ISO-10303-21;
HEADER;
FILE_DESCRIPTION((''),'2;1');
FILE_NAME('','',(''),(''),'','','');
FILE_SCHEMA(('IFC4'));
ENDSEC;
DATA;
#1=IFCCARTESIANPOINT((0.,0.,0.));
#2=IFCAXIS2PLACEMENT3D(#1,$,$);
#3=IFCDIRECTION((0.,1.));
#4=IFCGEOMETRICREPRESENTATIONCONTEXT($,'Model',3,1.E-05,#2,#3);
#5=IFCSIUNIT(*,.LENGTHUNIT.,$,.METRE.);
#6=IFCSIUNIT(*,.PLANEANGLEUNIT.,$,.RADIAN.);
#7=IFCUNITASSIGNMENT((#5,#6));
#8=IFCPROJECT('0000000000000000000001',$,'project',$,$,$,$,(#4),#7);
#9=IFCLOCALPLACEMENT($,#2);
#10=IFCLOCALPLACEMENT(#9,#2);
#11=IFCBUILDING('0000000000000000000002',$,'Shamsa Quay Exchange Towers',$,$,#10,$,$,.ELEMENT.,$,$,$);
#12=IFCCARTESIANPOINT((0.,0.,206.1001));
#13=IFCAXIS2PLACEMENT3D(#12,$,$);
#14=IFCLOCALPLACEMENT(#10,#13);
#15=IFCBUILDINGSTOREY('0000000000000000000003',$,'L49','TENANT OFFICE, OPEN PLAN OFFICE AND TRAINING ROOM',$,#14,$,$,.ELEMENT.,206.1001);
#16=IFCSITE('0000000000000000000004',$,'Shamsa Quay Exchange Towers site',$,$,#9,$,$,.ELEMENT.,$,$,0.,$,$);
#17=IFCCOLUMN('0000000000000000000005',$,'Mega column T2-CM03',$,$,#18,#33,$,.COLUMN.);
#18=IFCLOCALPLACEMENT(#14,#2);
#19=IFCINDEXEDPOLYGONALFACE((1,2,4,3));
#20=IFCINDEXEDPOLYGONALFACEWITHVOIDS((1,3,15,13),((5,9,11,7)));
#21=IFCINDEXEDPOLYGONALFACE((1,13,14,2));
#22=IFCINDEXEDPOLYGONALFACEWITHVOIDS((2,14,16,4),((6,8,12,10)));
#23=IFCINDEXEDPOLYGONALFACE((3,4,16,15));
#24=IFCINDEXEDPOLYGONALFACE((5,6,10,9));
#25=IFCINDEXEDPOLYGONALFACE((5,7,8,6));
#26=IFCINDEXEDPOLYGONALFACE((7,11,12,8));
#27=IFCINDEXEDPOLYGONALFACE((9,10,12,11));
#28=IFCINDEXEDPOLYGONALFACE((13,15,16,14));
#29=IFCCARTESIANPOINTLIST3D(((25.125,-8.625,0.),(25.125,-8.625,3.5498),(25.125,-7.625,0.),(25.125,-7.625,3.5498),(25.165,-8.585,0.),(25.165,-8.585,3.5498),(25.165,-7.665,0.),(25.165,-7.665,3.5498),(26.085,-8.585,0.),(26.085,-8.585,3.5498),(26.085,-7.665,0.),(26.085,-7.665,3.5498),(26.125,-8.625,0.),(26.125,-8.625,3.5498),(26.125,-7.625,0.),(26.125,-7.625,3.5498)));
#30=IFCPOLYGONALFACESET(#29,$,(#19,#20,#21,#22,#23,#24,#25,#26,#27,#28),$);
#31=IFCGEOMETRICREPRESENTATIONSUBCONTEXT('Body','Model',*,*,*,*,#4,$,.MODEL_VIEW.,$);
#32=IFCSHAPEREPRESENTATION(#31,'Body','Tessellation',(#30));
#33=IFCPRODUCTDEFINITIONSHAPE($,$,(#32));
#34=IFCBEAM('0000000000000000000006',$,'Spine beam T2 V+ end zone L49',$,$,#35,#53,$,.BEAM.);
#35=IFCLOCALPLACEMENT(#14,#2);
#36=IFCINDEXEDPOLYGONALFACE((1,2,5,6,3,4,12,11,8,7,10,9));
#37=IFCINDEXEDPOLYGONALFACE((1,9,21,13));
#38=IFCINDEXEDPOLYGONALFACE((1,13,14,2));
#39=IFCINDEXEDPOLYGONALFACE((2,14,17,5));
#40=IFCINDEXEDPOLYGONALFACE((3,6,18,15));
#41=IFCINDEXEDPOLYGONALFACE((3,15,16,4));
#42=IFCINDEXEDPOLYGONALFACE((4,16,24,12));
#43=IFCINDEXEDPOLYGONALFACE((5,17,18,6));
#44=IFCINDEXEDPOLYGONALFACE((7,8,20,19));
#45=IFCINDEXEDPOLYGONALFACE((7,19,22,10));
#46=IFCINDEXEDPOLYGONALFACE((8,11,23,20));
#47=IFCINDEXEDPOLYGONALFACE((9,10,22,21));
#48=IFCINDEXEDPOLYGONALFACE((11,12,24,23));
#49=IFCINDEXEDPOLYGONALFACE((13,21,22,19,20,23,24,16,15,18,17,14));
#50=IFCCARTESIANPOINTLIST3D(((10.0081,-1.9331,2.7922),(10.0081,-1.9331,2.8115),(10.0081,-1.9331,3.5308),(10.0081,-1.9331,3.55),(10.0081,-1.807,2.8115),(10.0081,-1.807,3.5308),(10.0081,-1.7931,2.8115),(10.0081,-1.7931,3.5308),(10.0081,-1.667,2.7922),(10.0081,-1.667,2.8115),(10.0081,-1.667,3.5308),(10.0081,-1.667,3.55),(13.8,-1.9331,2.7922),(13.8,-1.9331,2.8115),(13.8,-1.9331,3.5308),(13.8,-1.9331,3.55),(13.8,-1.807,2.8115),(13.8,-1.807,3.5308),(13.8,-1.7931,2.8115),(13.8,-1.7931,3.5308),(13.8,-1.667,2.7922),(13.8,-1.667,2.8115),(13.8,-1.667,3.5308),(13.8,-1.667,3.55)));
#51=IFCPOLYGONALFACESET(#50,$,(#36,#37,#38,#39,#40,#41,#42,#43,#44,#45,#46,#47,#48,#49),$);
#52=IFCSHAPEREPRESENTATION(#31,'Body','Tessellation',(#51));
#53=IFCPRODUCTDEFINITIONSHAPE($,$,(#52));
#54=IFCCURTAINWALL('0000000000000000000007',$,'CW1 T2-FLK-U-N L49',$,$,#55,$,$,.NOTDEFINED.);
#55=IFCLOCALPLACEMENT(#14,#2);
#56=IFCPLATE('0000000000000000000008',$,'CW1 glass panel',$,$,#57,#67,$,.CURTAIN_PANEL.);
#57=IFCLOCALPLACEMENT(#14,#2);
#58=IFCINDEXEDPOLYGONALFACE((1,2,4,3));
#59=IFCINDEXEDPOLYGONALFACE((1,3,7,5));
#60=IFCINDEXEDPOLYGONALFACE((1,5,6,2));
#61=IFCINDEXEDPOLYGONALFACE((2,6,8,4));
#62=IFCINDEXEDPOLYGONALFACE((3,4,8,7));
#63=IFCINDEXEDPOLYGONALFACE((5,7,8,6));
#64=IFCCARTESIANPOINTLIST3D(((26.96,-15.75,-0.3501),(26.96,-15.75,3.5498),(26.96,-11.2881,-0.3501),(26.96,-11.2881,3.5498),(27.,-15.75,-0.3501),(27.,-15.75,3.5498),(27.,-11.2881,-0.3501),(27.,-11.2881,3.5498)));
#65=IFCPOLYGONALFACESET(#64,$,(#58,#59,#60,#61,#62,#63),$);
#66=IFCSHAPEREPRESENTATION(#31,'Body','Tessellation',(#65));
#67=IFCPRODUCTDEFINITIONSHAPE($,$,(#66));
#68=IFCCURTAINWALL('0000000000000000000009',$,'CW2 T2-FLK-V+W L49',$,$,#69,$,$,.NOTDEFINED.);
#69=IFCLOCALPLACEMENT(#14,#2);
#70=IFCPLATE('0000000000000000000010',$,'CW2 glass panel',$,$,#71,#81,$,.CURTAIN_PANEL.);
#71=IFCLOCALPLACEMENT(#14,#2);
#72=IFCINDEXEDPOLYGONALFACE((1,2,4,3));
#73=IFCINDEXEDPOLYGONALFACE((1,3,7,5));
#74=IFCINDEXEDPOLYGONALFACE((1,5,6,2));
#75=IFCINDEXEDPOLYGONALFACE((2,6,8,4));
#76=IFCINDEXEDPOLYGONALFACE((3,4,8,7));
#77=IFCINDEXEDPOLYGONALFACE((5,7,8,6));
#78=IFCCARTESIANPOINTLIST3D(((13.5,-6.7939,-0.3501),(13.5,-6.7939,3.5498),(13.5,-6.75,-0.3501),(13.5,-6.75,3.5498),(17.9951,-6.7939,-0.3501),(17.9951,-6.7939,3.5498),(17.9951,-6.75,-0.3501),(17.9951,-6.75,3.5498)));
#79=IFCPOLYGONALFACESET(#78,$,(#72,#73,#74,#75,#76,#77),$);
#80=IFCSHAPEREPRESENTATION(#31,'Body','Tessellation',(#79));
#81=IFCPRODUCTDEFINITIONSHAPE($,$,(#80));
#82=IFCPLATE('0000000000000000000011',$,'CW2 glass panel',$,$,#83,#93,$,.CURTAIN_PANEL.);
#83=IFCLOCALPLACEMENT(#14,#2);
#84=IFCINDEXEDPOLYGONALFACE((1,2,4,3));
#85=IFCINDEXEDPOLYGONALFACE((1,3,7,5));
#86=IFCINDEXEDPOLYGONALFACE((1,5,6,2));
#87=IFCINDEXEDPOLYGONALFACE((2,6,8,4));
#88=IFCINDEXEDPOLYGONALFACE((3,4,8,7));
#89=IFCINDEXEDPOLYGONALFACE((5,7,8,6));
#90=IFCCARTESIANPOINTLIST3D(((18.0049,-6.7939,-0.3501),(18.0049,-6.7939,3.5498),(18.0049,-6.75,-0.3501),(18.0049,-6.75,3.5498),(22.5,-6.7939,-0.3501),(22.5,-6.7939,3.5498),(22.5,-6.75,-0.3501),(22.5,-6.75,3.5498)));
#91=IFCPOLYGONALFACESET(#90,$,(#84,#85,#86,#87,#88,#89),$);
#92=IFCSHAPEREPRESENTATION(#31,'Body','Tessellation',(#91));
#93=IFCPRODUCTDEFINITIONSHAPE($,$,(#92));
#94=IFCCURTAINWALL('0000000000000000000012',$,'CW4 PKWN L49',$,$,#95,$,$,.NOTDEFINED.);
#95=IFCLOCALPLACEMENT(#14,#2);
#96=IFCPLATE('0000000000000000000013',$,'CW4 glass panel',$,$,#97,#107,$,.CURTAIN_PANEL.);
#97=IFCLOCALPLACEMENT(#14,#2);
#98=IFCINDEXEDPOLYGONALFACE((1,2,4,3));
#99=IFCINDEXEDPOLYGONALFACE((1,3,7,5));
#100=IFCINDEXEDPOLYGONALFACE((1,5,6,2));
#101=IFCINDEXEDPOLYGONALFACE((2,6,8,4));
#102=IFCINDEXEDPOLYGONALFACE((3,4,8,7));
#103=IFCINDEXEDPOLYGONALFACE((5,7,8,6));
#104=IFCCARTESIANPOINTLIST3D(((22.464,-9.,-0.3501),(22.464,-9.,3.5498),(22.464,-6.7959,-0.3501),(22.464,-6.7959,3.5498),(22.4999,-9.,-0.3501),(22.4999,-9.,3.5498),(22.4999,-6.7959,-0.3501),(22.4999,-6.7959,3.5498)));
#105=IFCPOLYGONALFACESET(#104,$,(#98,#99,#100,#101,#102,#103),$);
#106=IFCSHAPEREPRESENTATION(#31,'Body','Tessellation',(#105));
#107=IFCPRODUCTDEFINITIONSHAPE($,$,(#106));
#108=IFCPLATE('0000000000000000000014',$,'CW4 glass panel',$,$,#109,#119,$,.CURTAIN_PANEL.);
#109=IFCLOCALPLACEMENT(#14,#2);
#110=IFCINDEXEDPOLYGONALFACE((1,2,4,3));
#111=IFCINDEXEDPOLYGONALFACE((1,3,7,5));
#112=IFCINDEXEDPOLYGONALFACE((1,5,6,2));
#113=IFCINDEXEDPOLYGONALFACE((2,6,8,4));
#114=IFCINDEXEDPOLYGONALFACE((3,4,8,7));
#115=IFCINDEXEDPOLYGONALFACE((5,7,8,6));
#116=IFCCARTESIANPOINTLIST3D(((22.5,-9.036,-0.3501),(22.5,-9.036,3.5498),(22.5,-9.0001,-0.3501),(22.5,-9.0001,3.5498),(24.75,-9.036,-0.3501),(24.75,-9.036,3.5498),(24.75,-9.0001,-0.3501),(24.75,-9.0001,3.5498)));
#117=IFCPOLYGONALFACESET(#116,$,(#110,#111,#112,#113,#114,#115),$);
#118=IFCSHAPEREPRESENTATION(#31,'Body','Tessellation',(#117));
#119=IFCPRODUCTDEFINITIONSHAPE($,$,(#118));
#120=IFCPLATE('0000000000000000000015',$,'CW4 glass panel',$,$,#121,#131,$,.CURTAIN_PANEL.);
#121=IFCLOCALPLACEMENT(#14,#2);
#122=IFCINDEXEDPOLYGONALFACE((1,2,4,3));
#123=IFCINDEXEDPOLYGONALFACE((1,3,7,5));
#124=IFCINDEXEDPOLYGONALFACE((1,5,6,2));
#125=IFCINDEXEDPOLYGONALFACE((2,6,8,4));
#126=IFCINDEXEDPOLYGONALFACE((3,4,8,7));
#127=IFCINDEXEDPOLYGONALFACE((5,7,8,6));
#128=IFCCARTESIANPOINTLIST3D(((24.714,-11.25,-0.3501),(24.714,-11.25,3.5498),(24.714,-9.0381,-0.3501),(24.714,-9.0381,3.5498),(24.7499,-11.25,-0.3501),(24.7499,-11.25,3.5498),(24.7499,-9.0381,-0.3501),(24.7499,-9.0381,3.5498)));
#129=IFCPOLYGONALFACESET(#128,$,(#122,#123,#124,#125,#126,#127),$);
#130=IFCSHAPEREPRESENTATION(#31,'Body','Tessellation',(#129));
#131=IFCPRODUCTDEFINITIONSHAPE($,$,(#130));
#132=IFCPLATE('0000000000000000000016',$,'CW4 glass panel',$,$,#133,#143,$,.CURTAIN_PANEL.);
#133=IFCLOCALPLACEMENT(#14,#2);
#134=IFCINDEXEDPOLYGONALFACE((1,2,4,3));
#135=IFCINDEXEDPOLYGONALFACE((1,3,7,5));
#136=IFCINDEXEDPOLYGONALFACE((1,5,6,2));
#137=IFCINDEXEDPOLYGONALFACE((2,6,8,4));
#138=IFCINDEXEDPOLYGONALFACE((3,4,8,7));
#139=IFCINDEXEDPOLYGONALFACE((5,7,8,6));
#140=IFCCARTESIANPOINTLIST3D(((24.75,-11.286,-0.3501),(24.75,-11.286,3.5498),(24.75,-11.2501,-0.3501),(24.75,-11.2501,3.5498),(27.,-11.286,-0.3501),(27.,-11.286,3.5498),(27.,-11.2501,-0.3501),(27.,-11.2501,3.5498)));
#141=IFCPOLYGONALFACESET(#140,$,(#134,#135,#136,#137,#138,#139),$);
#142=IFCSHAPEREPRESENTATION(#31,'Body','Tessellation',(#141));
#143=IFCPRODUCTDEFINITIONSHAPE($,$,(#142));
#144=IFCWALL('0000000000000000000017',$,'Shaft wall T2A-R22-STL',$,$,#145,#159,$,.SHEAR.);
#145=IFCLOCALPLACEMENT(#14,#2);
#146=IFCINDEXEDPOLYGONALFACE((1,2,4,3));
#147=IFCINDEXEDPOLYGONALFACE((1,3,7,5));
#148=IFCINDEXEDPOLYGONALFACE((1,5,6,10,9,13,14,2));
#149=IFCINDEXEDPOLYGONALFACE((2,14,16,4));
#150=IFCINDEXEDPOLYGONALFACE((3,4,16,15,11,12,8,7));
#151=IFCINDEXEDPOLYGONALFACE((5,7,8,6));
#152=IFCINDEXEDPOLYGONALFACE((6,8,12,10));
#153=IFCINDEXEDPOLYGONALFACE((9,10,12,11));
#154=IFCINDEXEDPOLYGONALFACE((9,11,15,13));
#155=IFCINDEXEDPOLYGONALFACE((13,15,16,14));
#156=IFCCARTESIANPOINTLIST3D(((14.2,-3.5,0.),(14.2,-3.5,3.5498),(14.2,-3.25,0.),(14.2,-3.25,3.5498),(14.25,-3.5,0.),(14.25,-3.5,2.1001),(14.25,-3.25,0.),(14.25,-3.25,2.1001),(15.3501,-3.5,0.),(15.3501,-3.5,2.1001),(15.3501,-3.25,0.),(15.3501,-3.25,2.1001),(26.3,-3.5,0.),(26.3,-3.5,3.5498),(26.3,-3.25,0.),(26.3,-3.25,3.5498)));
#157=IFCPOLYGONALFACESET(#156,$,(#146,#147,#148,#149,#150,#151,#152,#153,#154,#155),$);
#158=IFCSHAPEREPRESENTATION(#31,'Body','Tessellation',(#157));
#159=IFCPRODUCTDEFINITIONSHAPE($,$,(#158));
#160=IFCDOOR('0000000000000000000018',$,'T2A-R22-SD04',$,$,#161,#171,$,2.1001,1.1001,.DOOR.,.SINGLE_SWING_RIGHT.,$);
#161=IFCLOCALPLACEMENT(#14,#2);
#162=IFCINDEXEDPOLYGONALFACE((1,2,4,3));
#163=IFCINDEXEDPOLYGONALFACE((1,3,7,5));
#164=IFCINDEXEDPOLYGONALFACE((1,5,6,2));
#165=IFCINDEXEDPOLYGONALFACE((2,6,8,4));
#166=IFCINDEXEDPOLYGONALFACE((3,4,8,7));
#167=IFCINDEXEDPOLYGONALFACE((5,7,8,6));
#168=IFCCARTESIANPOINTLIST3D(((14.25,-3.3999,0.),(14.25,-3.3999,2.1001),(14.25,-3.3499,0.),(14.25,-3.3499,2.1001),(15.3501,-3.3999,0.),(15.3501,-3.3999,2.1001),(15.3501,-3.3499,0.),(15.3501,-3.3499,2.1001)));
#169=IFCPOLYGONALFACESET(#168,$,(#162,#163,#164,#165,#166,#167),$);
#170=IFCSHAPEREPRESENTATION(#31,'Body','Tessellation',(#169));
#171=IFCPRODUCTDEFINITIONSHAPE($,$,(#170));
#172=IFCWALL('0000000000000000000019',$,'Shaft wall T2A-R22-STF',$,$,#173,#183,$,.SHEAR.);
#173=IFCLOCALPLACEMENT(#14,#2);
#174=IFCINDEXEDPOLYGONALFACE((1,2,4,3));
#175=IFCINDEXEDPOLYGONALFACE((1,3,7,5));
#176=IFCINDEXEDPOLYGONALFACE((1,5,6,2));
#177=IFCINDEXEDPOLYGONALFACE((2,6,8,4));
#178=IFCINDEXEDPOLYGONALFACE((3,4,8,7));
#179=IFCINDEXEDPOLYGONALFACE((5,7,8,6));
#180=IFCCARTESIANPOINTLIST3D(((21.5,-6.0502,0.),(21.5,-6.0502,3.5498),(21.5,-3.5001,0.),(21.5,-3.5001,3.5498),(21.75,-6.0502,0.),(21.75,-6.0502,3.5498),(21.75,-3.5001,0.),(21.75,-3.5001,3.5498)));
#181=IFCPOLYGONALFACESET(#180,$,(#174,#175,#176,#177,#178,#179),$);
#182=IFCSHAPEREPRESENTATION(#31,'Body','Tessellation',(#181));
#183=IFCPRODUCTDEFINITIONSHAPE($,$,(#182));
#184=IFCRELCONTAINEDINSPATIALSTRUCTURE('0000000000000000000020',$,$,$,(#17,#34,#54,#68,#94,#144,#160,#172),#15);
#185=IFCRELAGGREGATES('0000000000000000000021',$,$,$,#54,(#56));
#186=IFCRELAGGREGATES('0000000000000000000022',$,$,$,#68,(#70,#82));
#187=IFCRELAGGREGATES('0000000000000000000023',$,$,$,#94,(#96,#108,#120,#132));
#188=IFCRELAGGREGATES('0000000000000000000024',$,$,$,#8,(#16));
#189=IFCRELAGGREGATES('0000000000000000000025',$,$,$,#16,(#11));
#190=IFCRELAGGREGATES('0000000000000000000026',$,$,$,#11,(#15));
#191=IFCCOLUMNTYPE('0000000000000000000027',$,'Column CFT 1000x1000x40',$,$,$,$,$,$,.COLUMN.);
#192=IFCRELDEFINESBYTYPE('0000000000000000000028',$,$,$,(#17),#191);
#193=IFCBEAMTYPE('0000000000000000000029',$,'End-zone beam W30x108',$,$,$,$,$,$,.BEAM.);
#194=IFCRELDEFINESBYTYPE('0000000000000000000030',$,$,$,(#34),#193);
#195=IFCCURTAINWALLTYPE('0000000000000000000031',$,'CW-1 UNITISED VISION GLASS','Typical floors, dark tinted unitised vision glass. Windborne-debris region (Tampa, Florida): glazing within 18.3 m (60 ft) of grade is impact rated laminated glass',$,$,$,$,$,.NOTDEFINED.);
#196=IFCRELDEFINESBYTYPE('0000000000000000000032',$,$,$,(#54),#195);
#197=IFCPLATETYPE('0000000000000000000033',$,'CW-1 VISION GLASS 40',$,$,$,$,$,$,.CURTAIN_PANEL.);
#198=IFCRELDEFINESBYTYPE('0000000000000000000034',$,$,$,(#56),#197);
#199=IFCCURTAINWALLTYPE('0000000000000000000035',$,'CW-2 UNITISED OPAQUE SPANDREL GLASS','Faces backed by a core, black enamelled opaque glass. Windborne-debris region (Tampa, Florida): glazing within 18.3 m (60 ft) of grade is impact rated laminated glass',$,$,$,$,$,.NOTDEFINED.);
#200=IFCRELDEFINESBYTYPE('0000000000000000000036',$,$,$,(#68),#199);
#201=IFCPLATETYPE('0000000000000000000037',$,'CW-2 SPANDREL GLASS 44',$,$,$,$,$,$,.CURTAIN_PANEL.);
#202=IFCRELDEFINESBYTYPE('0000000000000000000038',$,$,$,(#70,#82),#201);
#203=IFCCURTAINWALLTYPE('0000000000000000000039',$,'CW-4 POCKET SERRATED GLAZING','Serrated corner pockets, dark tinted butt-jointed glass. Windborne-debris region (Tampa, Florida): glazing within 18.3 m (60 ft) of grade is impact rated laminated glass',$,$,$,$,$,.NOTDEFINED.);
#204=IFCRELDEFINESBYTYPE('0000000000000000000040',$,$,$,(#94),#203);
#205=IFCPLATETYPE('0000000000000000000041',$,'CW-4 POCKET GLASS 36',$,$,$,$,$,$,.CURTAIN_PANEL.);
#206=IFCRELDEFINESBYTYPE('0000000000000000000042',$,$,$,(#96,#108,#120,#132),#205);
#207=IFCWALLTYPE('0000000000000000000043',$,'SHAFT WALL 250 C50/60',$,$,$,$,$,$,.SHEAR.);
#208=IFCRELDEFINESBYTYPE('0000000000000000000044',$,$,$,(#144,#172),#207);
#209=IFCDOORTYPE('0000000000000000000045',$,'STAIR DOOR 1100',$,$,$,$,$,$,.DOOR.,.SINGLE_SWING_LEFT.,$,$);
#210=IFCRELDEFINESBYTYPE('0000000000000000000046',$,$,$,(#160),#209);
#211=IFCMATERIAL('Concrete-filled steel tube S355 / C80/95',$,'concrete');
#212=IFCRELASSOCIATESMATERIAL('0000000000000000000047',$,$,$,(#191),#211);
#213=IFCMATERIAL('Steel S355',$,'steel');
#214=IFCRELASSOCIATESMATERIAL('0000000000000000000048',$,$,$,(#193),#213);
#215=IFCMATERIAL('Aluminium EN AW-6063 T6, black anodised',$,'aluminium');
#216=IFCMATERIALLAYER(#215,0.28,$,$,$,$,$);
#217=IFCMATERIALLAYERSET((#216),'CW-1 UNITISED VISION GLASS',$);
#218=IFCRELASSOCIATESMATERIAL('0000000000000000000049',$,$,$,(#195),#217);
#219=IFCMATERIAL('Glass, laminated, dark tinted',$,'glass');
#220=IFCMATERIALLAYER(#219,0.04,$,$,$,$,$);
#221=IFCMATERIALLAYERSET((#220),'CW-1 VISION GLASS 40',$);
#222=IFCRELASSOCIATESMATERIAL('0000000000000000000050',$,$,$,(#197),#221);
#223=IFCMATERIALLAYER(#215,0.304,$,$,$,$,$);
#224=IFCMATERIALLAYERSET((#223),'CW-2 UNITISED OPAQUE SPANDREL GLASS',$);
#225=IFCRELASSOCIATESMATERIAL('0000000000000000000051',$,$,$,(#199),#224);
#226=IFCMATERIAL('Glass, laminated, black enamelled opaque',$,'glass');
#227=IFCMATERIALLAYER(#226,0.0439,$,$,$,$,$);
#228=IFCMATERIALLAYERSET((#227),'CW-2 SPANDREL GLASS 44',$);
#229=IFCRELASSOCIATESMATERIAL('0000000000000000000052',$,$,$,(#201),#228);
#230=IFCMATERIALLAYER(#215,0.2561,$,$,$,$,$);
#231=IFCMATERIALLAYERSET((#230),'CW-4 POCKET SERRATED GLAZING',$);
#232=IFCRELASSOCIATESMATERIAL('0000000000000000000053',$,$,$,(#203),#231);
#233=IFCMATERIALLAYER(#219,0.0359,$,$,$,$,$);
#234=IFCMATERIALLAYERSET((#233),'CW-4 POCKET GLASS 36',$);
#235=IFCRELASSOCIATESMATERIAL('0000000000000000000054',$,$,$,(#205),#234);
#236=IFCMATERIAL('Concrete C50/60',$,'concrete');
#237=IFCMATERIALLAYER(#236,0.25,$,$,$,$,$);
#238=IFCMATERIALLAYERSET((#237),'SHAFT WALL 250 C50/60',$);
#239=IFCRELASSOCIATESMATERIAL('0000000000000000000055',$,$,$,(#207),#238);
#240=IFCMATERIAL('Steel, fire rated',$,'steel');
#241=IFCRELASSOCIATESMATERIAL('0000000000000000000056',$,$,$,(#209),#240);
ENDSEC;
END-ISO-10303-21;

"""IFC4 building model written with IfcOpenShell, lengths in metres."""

from ifc_helpers import new_model, si_unit, direction, frame, frame_2d, origin, origin_2d, place, context, subcontext, project, spatial, rectangle, hollow_rectangle, i_section, extrude, material, layer, layer_set, material_profile, profile_set, type_object, element, fill, aggregate, save


model = new_model("IFC4")

# Units and contexts
model_context = context("Model", 3, precision=1e-05, world=origin(), true_north=direction((0.0, 1.0)))
body_context = subcontext(model_context, "Body", "Model", "MODEL_VIEW")
ifc_project = project(units=[si_unit("LENGTHUNIT", "METRE"), si_unit("PLANEANGLEUNIT", "RADIAN")], contexts=[model_context])

# Site, building, storey
site_placement = place(None, origin())
site = spatial("IfcSite", under=ifc_project, at=site_placement, Name="Shamsa Quay Exchange Towers site", CompositionType="ELEMENT", RefElevation=0.0)
building_placement = place(site_placement, origin())
building = spatial("IfcBuilding", under=site, at=building_placement, Name="Shamsa Quay Exchange Towers", CompositionType="ELEMENT")
storey_placement = place(building_placement, frame((0.0, 0.0, 206.1001)))
storey = spatial("IfcBuildingStorey", under=building, at=storey_placement, Name="L49", Description="TENANT OFFICE, OPEN PLAN OFFICE AND TRAINING ROOM", CompositionType="ELEMENT", Elevation=206.1001)

# Column
ifc_material_1 = material(Name="Concrete-filled steel tube S355 / C80/95", Category="concrete")
ifc_material_profile_1 = material_profile(ifc_material_1, hollow_rectangle(XDim=1.0, YDim=1.0, WallThickness=0.04, at=origin_2d()), Name="CFT 1000x1000x40")
ifc_profile_set_1 = profile_set([ifc_material_profile_1], Name="Concrete-filled steel tube S355 / C80/95")
column_type = type_object("IfcColumnType", Name="Column CFT 1000x1000x40", PredefinedType="COLUMN", material=ifc_profile_set_1)
column_placement = place(storey_placement, frame((25.625, -8.125, 0.0)))
element("IfcColumn", 1, at=column_placement, inside=storey, type_object=column_type, Name="Mega column T2-CM03", PredefinedType="COLUMN", context=body_context, shape_type="SweptSolid", body=[
    extrude(hollow_rectangle(XDim=1.0, YDim=1.0, WallThickness=0.04, at=origin_2d()), origin(), (0.0, 0.0, 1.0), 3.5498),
])

# Beam
ifc_material_2 = material(Name="Steel S355", Category="steel")
ifc_material_profile_2 = material_profile(ifc_material_2, i_section(OverallWidth=0.2661, OverallDepth=0.7578, WebThickness=0.0139, FlangeThickness=0.0193, at=origin_2d()), Name="W30x108")
ifc_profile_set_2 = profile_set([ifc_material_profile_2], Name="Steel S355")
beam_type = type_object("IfcBeamType", Name="End-zone beam W30x108", PredefinedType="BEAM", material=ifc_profile_set_2)
beam_placement = place(storey_placement, frame((13.8, -1.8, 3.1711), z_axis=(-1.0, 0.0, 0.0), x_axis=(0.0, -1.0, 0.0)))
element("IfcBeam", 2, at=beam_placement, inside=storey, type_object=beam_type, Name="Spine beam T2 V+ end zone L49", PredefinedType="BEAM", context=body_context, shape_type="SweptSolid", body=[
    extrude(i_section(OverallWidth=0.2661, OverallDepth=0.7578, WebThickness=0.0139, FlangeThickness=0.0193, at=origin_2d()), origin(), (0.0, 0.0, 1.0), 3.792),
])

# Curtain wall, plate
ifc_material_3 = material(Name="Aluminium EN AW-6063 T6, black anodised", Category="aluminium")
ifc_layer_1 = layer(ifc_material_3, 0.28)
ifc_layer_set_1 = layer_set([ifc_layer_1], Name="CW-1 UNITISED VISION GLASS")
curtain_wall_type_1 = type_object("IfcCurtainWallType", Name="CW-1 UNITISED VISION GLASS", Description="Typical floors, dark tinted unitised vision glass. Windborne-debris region (Tampa, Florida): glazing within 18.3 m (60 ft) of grade is impact rated laminated glass", PredefinedType="NOTDEFINED", material=ifc_layer_set_1)
curtain_wall_1_placement = place(storey_placement, origin())
curtain_wall_1 = element("IfcCurtainWall", 3, at=curtain_wall_1_placement, inside=storey, type_object=curtain_wall_type_1, Name="CW1 T2-FLK-U-N L49", PredefinedType="NOTDEFINED")
ifc_material_4 = material(Name="Glass, laminated, dark tinted", Category="glass")
ifc_layer_2 = layer(ifc_material_4, 0.04)
ifc_layer_set_2 = layer_set([ifc_layer_2], Name="CW-1 VISION GLASS 40")
plate_type_1 = type_object("IfcPlateType", Name="CW-1 VISION GLASS 40", PredefinedType="CURTAIN_PANEL", material=ifc_layer_set_2)
plate_1_placement = place(storey_placement, frame((26.98, -13.519, -0.3501), z_axis=(0.0, 0.0, 1.0), x_axis=(0.0, -1.0, 0.0)))
plate_1 = element("IfcPlate", 4, at=plate_1_placement, type_object=plate_type_1, Name="CW1 glass panel", PredefinedType="CURTAIN_PANEL", context=body_context, shape_type="SweptSolid", body=[
    extrude(rectangle(XDim=4.4619, YDim=0.04, at=origin_2d()), origin(), (0.0, 0.0, 1.0), 3.8999),
])
aggregate(curtain_wall_1, [plate_1])

# Curtain walls, plates
ifc_layer_3 = layer(ifc_material_3, 0.304)
ifc_layer_set_3 = layer_set([ifc_layer_3], Name="CW-2 UNITISED OPAQUE SPANDREL GLASS")
curtain_wall_type_2 = type_object("IfcCurtainWallType", Name="CW-2 UNITISED OPAQUE SPANDREL GLASS", Description="Faces backed by a core, black enamelled opaque glass. Windborne-debris region (Tampa, Florida): glazing within 18.3 m (60 ft) of grade is impact rated laminated glass", PredefinedType="NOTDEFINED", material=ifc_layer_set_3)
curtain_wall_2_placement = place(storey_placement, origin())
curtain_wall_2 = element("IfcCurtainWall", 5, at=curtain_wall_2_placement, inside=storey, type_object=curtain_wall_type_2, Name="CW2 T2-FLK-V+W L49", PredefinedType="NOTDEFINED")
ifc_material_5 = material(Name="Glass, laminated, black enamelled opaque", Category="glass")
ifc_layer_4 = layer(ifc_material_5, 0.0439)
ifc_layer_set_4 = layer_set([ifc_layer_4], Name="CW-2 SPANDREL GLASS 44")
plate_type_2 = type_object("IfcPlateType", Name="CW-2 SPANDREL GLASS 44", PredefinedType="CURTAIN_PANEL", material=ifc_layer_set_4)
plate_2_placement = place(storey_placement, frame((15.7476, -6.772, -0.3501)))
plate_2 = element("IfcPlate", 6, at=plate_2_placement, type_object=plate_type_2, Name="CW2 glass panel", PredefinedType="CURTAIN_PANEL", context=body_context, shape_type="SweptSolid", body=[
    extrude(rectangle(XDim=4.4951, YDim=0.0439, at=origin_2d()), origin(), (0.0, 0.0, 1.0), 3.8999),
])
plate_3_placement = place(storey_placement, frame((20.2524, -6.772, -0.3501)))
plate_3 = element("IfcPlate", 7, at=plate_3_placement, type_object=plate_type_2, Name="CW2 glass panel", PredefinedType="CURTAIN_PANEL", context=body_context, shape_type="SweptSolid", body=[
    extrude(rectangle(XDim=4.4951, YDim=0.0439, at=origin_2d()), origin(), (0.0, 0.0, 1.0), 3.8999),
])
aggregate(curtain_wall_2, [plate_2, plate_3])
ifc_layer_5 = layer(ifc_material_3, 0.2561)
ifc_layer_set_5 = layer_set([ifc_layer_5], Name="CW-4 POCKET SERRATED GLAZING")
curtain_wall_type_3 = type_object("IfcCurtainWallType", Name="CW-4 POCKET SERRATED GLAZING", Description="Serrated corner pockets, dark tinted butt-jointed glass. Windborne-debris region (Tampa, Florida): glazing within 18.3 m (60 ft) of grade is impact rated laminated glass", PredefinedType="NOTDEFINED", material=ifc_layer_set_5)
curtain_wall_3_placement = place(storey_placement, origin())
curtain_wall_3 = element("IfcCurtainWall", 8, at=curtain_wall_3_placement, inside=storey, type_object=curtain_wall_type_3, Name="CW4 PKWN L49", PredefinedType="NOTDEFINED")
ifc_layer_6 = layer(ifc_material_4, 0.0359)
ifc_layer_set_6 = layer_set([ifc_layer_6], Name="CW-4 POCKET GLASS 36")
plate_type_3 = type_object("IfcPlateType", Name="CW-4 POCKET GLASS 36", PredefinedType="CURTAIN_PANEL", material=ifc_layer_set_6)
plate_4_placement = place(storey_placement, frame((22.4819, -7.8979, -0.3501), z_axis=(0.0, 0.0, 1.0), x_axis=(0.0, -1.0, 0.0)))
plate_4 = element("IfcPlate", 9, at=plate_4_placement, type_object=plate_type_3, Name="CW4 glass panel", PredefinedType="CURTAIN_PANEL", context=body_context, shape_type="SweptSolid", body=[
    extrude(rectangle(XDim=2.2041, YDim=0.0359, at=origin_2d()), origin(), (0.0, 0.0, 1.0), 3.8999),
])
plate_5_placement = place(storey_placement, frame((23.625, -9.0181, -0.3501)))
plate_5 = element("IfcPlate", 10, at=plate_5_placement, type_object=plate_type_3, Name="CW4 glass panel", PredefinedType="CURTAIN_PANEL", context=body_context, shape_type="SweptSolid", body=[
    extrude(rectangle(XDim=2.25, YDim=0.0359, at=origin_2d()), origin(), (0.0, 0.0, 1.0), 3.8999),
])
plate_6_placement = place(storey_placement, frame((24.7319, -10.144, -0.3501), z_axis=(0.0, 0.0, 1.0), x_axis=(0.0, -1.0, 0.0)))
plate_6 = element("IfcPlate", 11, at=plate_6_placement, type_object=plate_type_3, Name="CW4 glass panel", PredefinedType="CURTAIN_PANEL", context=body_context, shape_type="SweptSolid", body=[
    extrude(rectangle(XDim=2.2119, YDim=0.0359, at=origin_2d()), origin(), (0.0, 0.0, 1.0), 3.8999),
])
plate_7_placement = place(storey_placement, frame((25.875, -11.2681, -0.3501)))
plate_7 = element("IfcPlate", 12, at=plate_7_placement, type_object=plate_type_3, Name="CW4 glass panel", PredefinedType="CURTAIN_PANEL", context=body_context, shape_type="SweptSolid", body=[
    extrude(rectangle(XDim=2.25, YDim=0.0359, at=origin_2d()), origin(), (0.0, 0.0, 1.0), 3.8999),
])
aggregate(curtain_wall_3, [plate_4, plate_5, plate_6, plate_7])

# Wall, opening, door
ifc_material_6 = material(Name="Concrete C50/60", Category="concrete")
ifc_layer_7 = layer(ifc_material_6, 0.25)
ifc_layer_set_7 = layer_set([ifc_layer_7], Name="SHAFT WALL 250 C50/60")
wall_type = type_object("IfcWallType", Name="SHAFT WALL 250 C50/60", PredefinedType="SHEAR", material=ifc_layer_set_7)
wall_1_placement = place(storey_placement, frame((26.3, -3.375, 0.0), z_axis=(0.0, 0.0, 1.0), x_axis=(-1.0, 0.0, 0.0)))
wall_1 = element("IfcWall", 13, at=wall_1_placement, inside=storey, type_object=wall_type, Name="Shaft wall T2A-R22-STL", PredefinedType="SHEAR", context=body_context, shape_type="SweptSolid", body=[
    extrude(rectangle(XDim=12.1001, YDim=0.25, at=frame_2d((6.05, 0.0))), origin(), (0.0, 0.0, 1.0), 3.5498),
])
opening_1_placement = place(wall_1_placement, frame((10.95, 0.0, 0.0)))
opening_1 = element("IfcOpeningElement", 14, at=opening_1_placement, cuts=wall_1, PredefinedType="OPENING", context=body_context, shape_type="SweptSolid", body=[
    extrude(rectangle(XDim=1.1001, YDim=2.1001, at=frame_2d((0.55, 1.05))), frame((0.0, 0.135, 0.0), z_axis=(0.0, -1.0, 0.0), x_axis=(1.0, 0.0, 0.0)), (0.0, 0.0, 1.0), 0.27),
])
ifc_material_7 = material(Name="Steel, fire rated", Category="steel")
door_type_1 = type_object("IfcDoorType", Name="STAIR DOOR 1100", OperationType="SINGLE_SWING_LEFT", PredefinedType="DOOR", material=ifc_material_7)
door_1_placement = place(opening_1_placement, origin())
door_1 = element("IfcDoor", 15, at=door_1_placement, inside=storey, type_object=door_type_1, Name="T2A-R22-SD04", OperationType="SINGLE_SWING_RIGHT", OverallHeight=2.1001, OverallWidth=1.1001, PredefinedType="DOOR", context=body_context, shape_type="SweptSolid", body=[
    extrude(rectangle(XDim=1.1001, YDim=2.1001, at=frame_2d((0.55, 1.05))), frame((0.0, 0.0249, 0.0), z_axis=(0.0, -1.0, 0.0), x_axis=(1.0, 0.0, 0.0)), (0.0, 0.0, 1.0), 0.05),
])
fill(opening_1, door_1)

# Wall
wall_2_placement = place(storey_placement, frame((21.625, -6.05, 0.0), z_axis=(0.0, 0.0, 1.0), x_axis=(0.0, 1.0, 0.0)))
element("IfcWall", 16, at=wall_2_placement, inside=storey, type_object=wall_type, Name="Shaft wall T2A-R22-STF", PredefinedType="SHEAR", context=body_context, shape_type="SweptSolid", body=[
    extrude(rectangle(XDim=2.55, YDim=0.25, at=frame_2d((1.2749, 0.0))), origin(), (0.0, 0.0, 1.0), 3.5498),
])

save(model, "model.ifc")
